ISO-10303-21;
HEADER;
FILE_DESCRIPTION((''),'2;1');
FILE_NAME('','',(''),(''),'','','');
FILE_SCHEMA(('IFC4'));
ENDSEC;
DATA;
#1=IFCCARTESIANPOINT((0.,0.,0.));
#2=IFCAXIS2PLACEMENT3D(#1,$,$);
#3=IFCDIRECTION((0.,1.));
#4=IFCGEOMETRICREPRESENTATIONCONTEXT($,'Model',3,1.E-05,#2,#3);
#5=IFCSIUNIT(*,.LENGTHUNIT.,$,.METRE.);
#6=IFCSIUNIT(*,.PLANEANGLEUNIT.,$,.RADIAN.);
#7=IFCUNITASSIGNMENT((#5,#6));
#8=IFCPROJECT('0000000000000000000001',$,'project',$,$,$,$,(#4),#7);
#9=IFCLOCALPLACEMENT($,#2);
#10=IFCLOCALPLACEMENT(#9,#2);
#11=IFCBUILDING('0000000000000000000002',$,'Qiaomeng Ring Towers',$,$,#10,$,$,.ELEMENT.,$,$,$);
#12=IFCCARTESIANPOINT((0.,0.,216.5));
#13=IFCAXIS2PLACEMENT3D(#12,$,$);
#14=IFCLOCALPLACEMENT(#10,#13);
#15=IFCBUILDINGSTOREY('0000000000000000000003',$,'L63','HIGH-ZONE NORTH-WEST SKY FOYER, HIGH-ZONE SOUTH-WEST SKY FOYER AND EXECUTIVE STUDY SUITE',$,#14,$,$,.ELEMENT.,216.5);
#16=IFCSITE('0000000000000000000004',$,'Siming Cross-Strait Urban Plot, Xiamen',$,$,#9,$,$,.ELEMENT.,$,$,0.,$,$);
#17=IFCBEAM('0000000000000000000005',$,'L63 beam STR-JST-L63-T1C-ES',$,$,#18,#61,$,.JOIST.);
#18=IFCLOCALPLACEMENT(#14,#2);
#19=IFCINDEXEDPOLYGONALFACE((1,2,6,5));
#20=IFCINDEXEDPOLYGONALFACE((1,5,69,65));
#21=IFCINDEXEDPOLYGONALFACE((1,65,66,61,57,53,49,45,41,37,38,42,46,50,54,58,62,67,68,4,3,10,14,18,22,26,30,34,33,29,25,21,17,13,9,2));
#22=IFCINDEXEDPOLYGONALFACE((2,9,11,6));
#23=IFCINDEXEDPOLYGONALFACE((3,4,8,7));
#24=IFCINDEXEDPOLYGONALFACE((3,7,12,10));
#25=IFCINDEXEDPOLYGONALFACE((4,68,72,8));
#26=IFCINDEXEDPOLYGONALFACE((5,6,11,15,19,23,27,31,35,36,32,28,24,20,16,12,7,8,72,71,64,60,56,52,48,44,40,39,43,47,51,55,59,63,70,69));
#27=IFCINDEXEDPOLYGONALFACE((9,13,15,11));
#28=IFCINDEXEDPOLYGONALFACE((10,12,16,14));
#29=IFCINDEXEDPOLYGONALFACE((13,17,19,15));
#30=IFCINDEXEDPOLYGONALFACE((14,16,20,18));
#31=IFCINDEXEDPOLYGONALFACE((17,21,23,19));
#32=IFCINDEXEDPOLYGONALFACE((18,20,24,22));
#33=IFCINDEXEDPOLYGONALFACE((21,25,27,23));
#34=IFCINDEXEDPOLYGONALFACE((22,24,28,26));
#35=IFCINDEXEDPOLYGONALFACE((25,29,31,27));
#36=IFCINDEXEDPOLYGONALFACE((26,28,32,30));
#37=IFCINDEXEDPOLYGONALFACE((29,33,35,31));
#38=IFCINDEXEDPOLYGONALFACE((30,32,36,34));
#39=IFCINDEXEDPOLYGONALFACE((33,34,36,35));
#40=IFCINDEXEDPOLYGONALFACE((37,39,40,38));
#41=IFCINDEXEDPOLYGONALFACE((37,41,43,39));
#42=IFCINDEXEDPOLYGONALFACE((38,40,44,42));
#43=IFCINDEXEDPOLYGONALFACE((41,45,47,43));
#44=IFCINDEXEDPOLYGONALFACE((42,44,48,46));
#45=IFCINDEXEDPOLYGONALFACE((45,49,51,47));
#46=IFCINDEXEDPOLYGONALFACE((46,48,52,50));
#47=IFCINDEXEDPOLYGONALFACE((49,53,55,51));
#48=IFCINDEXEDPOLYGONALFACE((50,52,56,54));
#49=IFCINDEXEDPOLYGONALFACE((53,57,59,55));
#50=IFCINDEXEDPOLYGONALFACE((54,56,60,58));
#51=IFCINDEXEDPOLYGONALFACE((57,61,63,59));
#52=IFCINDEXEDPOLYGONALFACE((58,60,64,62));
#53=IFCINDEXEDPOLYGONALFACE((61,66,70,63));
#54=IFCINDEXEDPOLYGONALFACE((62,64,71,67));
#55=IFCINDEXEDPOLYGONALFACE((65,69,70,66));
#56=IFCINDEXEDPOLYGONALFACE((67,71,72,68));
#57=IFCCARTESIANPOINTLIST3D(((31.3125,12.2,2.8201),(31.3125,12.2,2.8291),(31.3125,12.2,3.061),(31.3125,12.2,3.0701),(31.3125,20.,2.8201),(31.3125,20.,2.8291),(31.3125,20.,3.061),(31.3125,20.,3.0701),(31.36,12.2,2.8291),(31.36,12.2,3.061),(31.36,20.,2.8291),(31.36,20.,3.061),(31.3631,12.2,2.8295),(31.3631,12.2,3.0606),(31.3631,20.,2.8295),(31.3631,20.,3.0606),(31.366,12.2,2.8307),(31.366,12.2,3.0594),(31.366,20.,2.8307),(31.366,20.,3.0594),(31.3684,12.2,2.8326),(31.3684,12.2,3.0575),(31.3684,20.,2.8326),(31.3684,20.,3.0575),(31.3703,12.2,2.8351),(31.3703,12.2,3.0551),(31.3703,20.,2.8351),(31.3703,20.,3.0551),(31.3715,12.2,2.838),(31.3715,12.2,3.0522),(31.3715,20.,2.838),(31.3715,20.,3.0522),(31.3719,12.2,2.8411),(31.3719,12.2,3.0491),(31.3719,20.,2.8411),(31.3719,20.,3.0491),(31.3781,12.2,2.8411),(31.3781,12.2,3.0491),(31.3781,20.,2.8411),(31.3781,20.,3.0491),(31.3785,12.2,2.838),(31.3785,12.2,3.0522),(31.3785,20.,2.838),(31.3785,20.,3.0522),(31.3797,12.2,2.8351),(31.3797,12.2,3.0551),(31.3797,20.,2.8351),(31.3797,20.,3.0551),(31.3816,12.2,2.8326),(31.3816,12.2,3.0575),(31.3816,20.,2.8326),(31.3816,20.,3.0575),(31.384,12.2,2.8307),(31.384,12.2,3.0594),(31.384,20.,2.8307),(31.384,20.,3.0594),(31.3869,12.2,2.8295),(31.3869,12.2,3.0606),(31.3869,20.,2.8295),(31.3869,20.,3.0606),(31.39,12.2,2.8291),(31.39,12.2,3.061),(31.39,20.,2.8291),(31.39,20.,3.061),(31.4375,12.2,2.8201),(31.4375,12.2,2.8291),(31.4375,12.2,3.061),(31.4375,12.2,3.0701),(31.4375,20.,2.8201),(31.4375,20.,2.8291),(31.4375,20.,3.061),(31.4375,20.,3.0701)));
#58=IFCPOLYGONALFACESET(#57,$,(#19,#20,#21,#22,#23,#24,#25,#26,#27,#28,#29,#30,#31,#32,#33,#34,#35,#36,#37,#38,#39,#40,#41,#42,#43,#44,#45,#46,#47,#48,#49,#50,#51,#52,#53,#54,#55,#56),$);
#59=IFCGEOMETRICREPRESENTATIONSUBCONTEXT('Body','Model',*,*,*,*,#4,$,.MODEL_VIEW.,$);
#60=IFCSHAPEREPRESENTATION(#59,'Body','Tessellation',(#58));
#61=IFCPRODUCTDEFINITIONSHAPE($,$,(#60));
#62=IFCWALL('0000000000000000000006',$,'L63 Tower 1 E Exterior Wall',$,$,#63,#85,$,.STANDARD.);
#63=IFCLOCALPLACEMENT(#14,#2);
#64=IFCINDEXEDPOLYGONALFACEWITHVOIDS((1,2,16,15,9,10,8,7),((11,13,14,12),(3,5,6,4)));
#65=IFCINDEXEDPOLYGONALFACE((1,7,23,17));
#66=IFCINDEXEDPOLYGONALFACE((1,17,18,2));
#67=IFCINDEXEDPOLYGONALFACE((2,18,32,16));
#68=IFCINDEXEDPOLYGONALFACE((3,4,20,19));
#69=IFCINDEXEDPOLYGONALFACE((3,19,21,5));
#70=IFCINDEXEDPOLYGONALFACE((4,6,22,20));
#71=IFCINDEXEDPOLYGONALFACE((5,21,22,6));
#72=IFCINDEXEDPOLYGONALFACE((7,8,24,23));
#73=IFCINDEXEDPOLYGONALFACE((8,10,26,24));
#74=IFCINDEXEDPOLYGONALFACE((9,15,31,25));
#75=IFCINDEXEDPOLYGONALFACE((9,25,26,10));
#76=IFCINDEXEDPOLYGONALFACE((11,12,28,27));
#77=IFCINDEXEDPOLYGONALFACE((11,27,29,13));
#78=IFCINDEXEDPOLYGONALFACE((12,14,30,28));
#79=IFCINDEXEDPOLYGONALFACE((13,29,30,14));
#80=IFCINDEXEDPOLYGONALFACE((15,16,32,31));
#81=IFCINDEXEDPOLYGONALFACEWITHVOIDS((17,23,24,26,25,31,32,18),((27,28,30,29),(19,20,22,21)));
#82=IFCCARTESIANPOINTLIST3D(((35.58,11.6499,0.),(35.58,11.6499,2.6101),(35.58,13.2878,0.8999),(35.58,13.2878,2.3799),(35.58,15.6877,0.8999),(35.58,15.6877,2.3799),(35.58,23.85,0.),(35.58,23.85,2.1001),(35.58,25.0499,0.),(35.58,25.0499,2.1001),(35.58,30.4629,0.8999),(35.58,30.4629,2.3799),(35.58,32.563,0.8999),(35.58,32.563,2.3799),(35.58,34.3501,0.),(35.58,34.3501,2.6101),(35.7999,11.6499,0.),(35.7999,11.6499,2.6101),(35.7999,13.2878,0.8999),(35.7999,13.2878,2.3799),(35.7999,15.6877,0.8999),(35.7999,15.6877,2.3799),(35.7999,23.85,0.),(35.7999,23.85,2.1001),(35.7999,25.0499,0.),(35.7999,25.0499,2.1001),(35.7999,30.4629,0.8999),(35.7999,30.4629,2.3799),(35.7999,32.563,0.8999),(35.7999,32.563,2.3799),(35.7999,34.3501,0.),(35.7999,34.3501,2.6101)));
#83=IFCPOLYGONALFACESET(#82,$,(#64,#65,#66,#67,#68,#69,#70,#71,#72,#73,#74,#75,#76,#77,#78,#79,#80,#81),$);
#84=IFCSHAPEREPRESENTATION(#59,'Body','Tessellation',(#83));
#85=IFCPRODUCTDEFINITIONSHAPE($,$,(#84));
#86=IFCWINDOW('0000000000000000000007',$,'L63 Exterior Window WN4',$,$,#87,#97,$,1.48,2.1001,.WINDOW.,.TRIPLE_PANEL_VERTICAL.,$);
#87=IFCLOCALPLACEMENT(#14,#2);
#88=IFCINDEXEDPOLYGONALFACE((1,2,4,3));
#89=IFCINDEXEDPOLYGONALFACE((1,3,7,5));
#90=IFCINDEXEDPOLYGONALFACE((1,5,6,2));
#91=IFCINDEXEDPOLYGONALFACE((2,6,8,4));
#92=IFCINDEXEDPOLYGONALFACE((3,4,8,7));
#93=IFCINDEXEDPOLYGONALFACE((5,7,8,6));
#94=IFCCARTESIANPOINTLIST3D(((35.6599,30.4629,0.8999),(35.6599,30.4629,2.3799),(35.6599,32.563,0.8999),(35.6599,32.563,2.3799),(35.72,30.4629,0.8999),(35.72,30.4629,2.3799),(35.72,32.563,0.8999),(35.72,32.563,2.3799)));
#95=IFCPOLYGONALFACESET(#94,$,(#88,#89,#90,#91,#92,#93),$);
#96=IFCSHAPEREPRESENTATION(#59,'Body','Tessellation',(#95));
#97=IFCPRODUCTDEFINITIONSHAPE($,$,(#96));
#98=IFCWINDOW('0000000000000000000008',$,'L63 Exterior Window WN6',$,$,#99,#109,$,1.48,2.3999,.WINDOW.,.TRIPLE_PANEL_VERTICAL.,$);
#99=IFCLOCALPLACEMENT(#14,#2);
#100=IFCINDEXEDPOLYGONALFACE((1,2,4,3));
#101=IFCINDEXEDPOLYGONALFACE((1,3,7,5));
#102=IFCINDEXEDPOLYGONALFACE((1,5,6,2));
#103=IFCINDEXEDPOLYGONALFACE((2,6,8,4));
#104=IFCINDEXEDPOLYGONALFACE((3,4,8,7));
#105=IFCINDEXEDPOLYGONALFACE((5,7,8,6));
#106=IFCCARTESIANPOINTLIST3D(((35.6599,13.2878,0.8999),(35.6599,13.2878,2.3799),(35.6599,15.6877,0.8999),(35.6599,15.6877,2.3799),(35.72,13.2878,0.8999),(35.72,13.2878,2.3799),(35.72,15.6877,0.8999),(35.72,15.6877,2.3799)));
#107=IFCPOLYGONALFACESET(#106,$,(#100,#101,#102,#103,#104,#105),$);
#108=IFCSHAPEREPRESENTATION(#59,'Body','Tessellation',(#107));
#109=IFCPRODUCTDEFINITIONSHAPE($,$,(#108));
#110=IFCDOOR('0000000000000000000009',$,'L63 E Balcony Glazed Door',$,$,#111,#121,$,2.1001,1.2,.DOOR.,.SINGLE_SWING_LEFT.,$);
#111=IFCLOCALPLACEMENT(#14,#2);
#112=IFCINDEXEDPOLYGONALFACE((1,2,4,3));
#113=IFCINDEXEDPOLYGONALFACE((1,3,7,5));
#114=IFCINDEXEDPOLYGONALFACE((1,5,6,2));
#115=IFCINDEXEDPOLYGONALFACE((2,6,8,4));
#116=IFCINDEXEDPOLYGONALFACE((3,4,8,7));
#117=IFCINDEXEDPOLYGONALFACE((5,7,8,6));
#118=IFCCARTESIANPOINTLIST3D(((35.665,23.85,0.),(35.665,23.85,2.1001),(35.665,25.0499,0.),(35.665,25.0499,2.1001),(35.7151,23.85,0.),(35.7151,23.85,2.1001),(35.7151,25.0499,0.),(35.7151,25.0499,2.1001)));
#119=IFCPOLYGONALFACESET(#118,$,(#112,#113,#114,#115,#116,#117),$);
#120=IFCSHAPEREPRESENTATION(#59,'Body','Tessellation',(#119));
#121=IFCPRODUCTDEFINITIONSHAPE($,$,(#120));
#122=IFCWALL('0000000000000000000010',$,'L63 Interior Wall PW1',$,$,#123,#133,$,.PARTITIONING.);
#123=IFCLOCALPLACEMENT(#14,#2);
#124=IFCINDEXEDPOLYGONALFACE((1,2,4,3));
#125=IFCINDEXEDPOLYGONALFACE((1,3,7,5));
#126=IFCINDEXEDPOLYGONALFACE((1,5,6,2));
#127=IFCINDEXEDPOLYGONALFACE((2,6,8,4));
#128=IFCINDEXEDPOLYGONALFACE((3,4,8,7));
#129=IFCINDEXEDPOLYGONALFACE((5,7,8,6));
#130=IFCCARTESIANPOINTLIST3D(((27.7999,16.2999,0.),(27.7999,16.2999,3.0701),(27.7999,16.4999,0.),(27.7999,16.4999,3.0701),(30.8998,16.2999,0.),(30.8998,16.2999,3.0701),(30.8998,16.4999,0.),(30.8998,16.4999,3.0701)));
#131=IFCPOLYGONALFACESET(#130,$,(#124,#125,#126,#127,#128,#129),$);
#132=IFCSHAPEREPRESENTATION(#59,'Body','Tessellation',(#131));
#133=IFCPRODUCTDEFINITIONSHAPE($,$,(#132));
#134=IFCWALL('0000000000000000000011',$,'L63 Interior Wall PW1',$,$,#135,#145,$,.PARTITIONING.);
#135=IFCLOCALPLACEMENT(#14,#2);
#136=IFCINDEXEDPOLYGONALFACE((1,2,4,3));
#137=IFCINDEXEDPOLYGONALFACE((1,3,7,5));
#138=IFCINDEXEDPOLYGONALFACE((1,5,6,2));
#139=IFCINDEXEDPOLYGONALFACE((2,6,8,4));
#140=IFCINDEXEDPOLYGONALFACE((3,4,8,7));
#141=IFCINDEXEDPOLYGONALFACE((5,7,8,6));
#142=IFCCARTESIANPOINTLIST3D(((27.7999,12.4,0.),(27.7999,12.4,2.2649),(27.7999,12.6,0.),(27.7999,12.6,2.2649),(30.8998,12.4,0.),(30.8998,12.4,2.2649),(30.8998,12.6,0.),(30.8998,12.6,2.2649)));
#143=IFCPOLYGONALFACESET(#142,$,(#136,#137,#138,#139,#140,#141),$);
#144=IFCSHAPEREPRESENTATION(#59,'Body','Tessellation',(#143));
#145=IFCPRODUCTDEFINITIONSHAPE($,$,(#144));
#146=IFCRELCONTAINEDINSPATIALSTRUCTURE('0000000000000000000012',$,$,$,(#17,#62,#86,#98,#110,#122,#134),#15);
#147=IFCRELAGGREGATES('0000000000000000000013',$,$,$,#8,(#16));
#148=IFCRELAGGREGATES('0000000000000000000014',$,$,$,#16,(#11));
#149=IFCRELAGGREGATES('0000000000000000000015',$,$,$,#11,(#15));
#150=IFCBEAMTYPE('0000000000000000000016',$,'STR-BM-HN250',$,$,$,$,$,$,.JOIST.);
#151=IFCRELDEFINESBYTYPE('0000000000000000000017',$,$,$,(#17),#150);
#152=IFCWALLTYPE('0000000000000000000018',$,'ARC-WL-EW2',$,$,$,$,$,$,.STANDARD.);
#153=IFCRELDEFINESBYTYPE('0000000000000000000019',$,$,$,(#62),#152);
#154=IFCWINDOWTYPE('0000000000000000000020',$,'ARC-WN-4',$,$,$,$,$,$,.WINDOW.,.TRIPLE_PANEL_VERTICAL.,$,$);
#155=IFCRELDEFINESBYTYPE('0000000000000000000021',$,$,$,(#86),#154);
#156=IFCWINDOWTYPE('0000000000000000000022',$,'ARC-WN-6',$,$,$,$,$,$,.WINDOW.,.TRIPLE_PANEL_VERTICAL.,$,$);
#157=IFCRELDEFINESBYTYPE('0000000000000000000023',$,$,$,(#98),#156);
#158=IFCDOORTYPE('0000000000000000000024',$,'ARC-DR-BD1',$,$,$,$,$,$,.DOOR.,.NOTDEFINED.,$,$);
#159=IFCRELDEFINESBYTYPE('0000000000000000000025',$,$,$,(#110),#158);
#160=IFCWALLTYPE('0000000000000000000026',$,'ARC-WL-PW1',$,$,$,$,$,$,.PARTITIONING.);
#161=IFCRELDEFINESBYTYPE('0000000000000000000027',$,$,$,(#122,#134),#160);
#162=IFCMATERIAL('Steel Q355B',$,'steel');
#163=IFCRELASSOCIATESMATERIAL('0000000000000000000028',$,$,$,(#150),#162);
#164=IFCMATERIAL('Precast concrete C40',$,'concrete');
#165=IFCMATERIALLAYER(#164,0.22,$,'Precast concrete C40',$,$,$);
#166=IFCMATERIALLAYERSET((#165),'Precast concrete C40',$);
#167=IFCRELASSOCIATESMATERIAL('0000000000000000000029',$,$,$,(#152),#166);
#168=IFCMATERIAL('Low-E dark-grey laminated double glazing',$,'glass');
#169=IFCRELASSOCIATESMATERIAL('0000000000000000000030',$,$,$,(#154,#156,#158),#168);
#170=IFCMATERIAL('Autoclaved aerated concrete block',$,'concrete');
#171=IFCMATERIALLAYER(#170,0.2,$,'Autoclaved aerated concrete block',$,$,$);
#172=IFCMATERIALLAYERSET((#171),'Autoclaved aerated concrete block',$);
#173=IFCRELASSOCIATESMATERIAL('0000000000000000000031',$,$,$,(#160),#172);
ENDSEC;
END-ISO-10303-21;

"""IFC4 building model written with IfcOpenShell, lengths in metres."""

from ifc_helpers import new_model, si_unit, direction, frame, frame_2d, origin, origin_2d, place, context, subcontext, project, spatial, rectangle, i_section, extrude, source, transform, mapped, material, layer, layer_set, material_profile, profile_set, type_object, element, fill, save


model = new_model("IFC4")

# Units and contexts
model_context = context("Model", 3, precision=1e-05, world=origin(), true_north=direction((0.0, 1.0)))
body_context = subcontext(model_context, "Body", "Model", "MODEL_VIEW")
ifc_project = project(units=[si_unit("LENGTHUNIT", "METRE"), si_unit("PLANEANGLEUNIT", "RADIAN")], contexts=[model_context])

# Site, building, storey
site_placement = place(None, origin())
site = spatial("IfcSite", under=ifc_project, at=site_placement, Name="Siming Cross-Strait Urban Plot, Xiamen", CompositionType="ELEMENT", RefElevation=0.0)
building_placement = place(site_placement, origin())
building = spatial("IfcBuilding", under=site, at=building_placement, Name="Qiaomeng Ring Towers", CompositionType="ELEMENT")
storey_placement = place(building_placement, frame((0.0, 0.0, 216.5)))
storey = spatial("IfcBuildingStorey", under=building, at=storey_placement, Name="L63", Description="HIGH-ZONE NORTH-WEST SKY FOYER, HIGH-ZONE SOUTH-WEST SKY FOYER AND EXECUTIVE STUDY SUITE", CompositionType="ELEMENT", Elevation=216.5)

# Beam
ifc_material_1 = material(Name="Steel Q355B", Category="steel")
ifc_material_profile_1 = material_profile(ifc_material_1, i_section(OverallWidth=0.125, OverallDepth=0.25, WebThickness=0.0061, FlangeThickness=0.009, FilletRadius=0.012, at=origin_2d()), Name="HN 250x125x6x9")
ifc_profile_set_1 = profile_set([ifc_material_profile_1], Name="Steel Q355B")
beam_type_1 = type_object("IfcBeamType", Name="STR-BM-HN250", PredefinedType="JOIST", material=ifc_profile_set_1)
shared_shape_1 = source(origin(), body_context, "Body", "SweptSolid", [
    extrude(i_section(OverallWidth=0.125, OverallDepth=0.25, WebThickness=0.0061, FlangeThickness=0.009, FilletRadius=0.012, at=origin_2d()), origin(), (0.0, 0.0, 1.0), 7.8),
])
beam_1_placement = place(storey_placement, frame((31.375, 12.2, 2.9451), z_axis=(0.0, 1.0, 0.0), x_axis=(-1.0, 0.0, 0.0)))
element("IfcBeam", 1, at=beam_1_placement, inside=storey, type_object=beam_type_1, Name="L63 beam STR-JST-L63-T1C-ES", PredefinedType="JOIST", context=body_context, shape_type="MappedRepresentation", body=[
    mapped(shared_shape_1, transform((0.0, 0.0, 0.0), x_axis=(1.0, 0.0, 0.0), y_axis=(0.0, 1.0, 0.0), z_axis=(0.0, 0.0, 1.0), scale=1.0)),
])

# Wall, openings, windows, door
ifc_material_2 = material(Name="Precast concrete C40", Category="concrete")
ifc_layer_1 = layer(ifc_material_2, 0.22, Name="Precast concrete C40")
ifc_layer_set_1 = layer_set([ifc_layer_1], Name="Precast concrete C40")
wall_type_1 = type_object("IfcWallType", Name="ARC-WL-EW2", PredefinedType="STANDARD", material=ifc_layer_set_1)
wall_1_placement = place(storey_placement, frame((35.6899, 11.6499, 0.0), z_axis=(0.0, 0.0, 1.0), x_axis=(0.0, 1.0, 0.0)))
wall_1 = element("IfcWall", 2, at=wall_1_placement, inside=storey, type_object=wall_type_1, Name="L63 Tower 1 E Exterior Wall", PredefinedType="STANDARD", context=body_context, shape_type="SweptSolid", body=[
    extrude(rectangle(XDim=22.7002, YDim=0.22, at=frame_2d((11.3501, 0.0))), origin(), (0.0, 0.0, 1.0), 2.6101),
])
opening_1_placement = place(wall_1_placement, frame((12.2, 0.0, 0.0)))
opening_1 = element("IfcOpeningElement", 3, at=opening_1_placement, cuts=wall_1, PredefinedType="OPENING", context=body_context, shape_type="SweptSolid", body=[
    extrude(rectangle(XDim=1.2, YDim=2.1001, at=frame_2d((0.6001, 1.05))), frame((0.0, 0.1199, 0.0), z_axis=(0.0, -1.0, 0.0), x_axis=(1.0, 0.0, 0.0)), (0.0, 0.0, 1.0), 0.24),
])
opening_2_placement = place(wall_1_placement, frame((1.6379, 0.0, 0.8999)))
opening_2 = element("IfcOpeningElement", 4, at=opening_2_placement, cuts=wall_1, PredefinedType="OPENING", context=body_context, shape_type="SweptSolid", body=[
    extrude(rectangle(XDim=2.3999, YDim=1.48, at=frame_2d((1.2, 0.74))), frame((0.0, 0.1199, 0.0), z_axis=(0.0, -1.0, 0.0), x_axis=(1.0, 0.0, 0.0)), (0.0, 0.0, 1.0), 0.24),
])
opening_3_placement = place(wall_1_placement, frame((18.813, 0.0, 0.8999)))
opening_3 = element("IfcOpeningElement", 5, at=opening_3_placement, cuts=wall_1, PredefinedType="OPENING", context=body_context, shape_type="SweptSolid", body=[
    extrude(rectangle(XDim=2.1001, YDim=1.48, at=frame_2d((1.05, 0.74))), frame((0.0, 0.1199, 0.0), z_axis=(0.0, -1.0, 0.0), x_axis=(1.0, 0.0, 0.0)), (0.0, 0.0, 1.0), 0.24),
])
ifc_material_3 = material(Name="Low-E dark-grey laminated double glazing", Category="glass")
window_type_1 = type_object("IfcWindowType", Name="ARC-WN-4", PartitioningType="TRIPLE_PANEL_VERTICAL", PredefinedType="WINDOW", material=ifc_material_3)
shared_shape_2 = source(origin(), body_context, "Body", "SweptSolid", [
    extrude(rectangle(XDim=2.1001, YDim=1.48, at=frame_2d((1.05, 0.74))), frame((0.0, 0.03, 0.0), z_axis=(0.0, -1.0, 0.0), x_axis=(1.0, 0.0, 0.0)), (0.0, 0.0, 1.0), 0.0601),
])
window_1_placement = place(opening_3_placement, origin())
window_1 = element("IfcWindow", 6, at=window_1_placement, inside=storey, type_object=window_type_1, Name="L63 Exterior Window WN4", OverallHeight=1.48, OverallWidth=2.1001, PartitioningType="TRIPLE_PANEL_VERTICAL", PredefinedType="WINDOW", context=body_context, shape_type="MappedRepresentation", body=[
    mapped(shared_shape_2, transform((0.0, 0.0, 0.0), x_axis=(1.0, 0.0, 0.0), y_axis=(0.0, 1.0, 0.0), z_axis=(0.0, 0.0, 1.0), scale=1.0)),
])
fill(opening_3, window_1)
window_type_2 = type_object("IfcWindowType", Name="ARC-WN-6", PartitioningType="TRIPLE_PANEL_VERTICAL", PredefinedType="WINDOW", material=ifc_material_3)
shared_shape_3 = source(origin(), body_context, "Body", "SweptSolid", [
    extrude(rectangle(XDim=2.3999, YDim=1.48, at=frame_2d((1.2, 0.74))), frame((0.0, 0.03, 0.0), z_axis=(0.0, -1.0, 0.0), x_axis=(1.0, 0.0, 0.0)), (0.0, 0.0, 1.0), 0.0601),
])
window_2_placement = place(opening_2_placement, origin())
window_2 = element("IfcWindow", 7, at=window_2_placement, inside=storey, type_object=window_type_2, Name="L63 Exterior Window WN6", OverallHeight=1.48, OverallWidth=2.3999, PartitioningType="TRIPLE_PANEL_VERTICAL", PredefinedType="WINDOW", context=body_context, shape_type="MappedRepresentation", body=[
    mapped(shared_shape_3, transform((0.0, 0.0, 0.0), x_axis=(1.0, 0.0, 0.0), y_axis=(0.0, 1.0, 0.0), z_axis=(0.0, 0.0, 1.0), scale=1.0)),
])
fill(opening_2, window_2)
door_type_1 = type_object("IfcDoorType", Name="ARC-DR-BD1", OperationType="NOTDEFINED", PredefinedType="DOOR", material=ifc_material_3)
shared_shape_4 = source(origin(), body_context, "Body", "SweptSolid", [
    extrude(rectangle(XDim=1.2, YDim=2.1001, at=frame_2d((0.6001, 1.05))), frame((0.0, 0.0249, 0.0), z_axis=(0.0, -1.0, 0.0), x_axis=(1.0, 0.0, 0.0)), (0.0, 0.0, 1.0), 0.05),
])
door_1_placement = place(opening_1_placement, origin())
door_1 = element("IfcDoor", 8, at=door_1_placement, inside=storey, type_object=door_type_1, Name="L63 E Balcony Glazed Door", OperationType="SINGLE_SWING_LEFT", OverallHeight=2.1001, OverallWidth=1.2, PredefinedType="DOOR", context=body_context, shape_type="MappedRepresentation", body=[
    mapped(shared_shape_4, transform((0.0, 0.0, 0.0), x_axis=(1.0, 0.0, 0.0), y_axis=(0.0, 1.0, 0.0), z_axis=(0.0, 0.0, 1.0), scale=1.0)),
])
fill(opening_1, door_1)

# Walls
ifc_material_4 = material(Name="Autoclaved aerated concrete block", Category="concrete")
ifc_layer_2 = layer(ifc_material_4, 0.2, Name="Autoclaved aerated concrete block")
ifc_layer_set_2 = layer_set([ifc_layer_2], Name="Autoclaved aerated concrete block")
wall_type_2 = type_object("IfcWallType", Name="ARC-WL-PW1", PredefinedType="PARTITIONING", material=ifc_layer_set_2)
wall_2_placement = place(storey_placement, frame((27.8, 16.3999, 0.0), z_axis=(0.0, 0.0, 1.0), x_axis=(1.0, 0.0, 0.0)))
element("IfcWall", 9, at=wall_2_placement, inside=storey, type_object=wall_type_2, Name="L63 Interior Wall PW1", PredefinedType="PARTITIONING", context=body_context, shape_type="SweptSolid", body=[
    extrude(rectangle(XDim=3.0999, YDim=0.2, at=frame_2d((1.5498, 0.0))), origin(), (0.0, 0.0, 1.0), 3.0701),
])
wall_3_placement = place(storey_placement, frame((27.8, 12.5, 0.0), z_axis=(0.0, 0.0, 1.0), x_axis=(1.0, 0.0, 0.0)))
element("IfcWall", 10, at=wall_3_placement, inside=storey, type_object=wall_type_2, Name="L63 Interior Wall PW1", PredefinedType="PARTITIONING", context=body_context, shape_type="SweptSolid", body=[
    extrude(rectangle(XDim=3.0999, YDim=0.2, at=frame_2d((1.5498, 0.0))), origin(), (0.0, 0.0, 1.0), 2.2649),
])

save(model, "model.ifc")
